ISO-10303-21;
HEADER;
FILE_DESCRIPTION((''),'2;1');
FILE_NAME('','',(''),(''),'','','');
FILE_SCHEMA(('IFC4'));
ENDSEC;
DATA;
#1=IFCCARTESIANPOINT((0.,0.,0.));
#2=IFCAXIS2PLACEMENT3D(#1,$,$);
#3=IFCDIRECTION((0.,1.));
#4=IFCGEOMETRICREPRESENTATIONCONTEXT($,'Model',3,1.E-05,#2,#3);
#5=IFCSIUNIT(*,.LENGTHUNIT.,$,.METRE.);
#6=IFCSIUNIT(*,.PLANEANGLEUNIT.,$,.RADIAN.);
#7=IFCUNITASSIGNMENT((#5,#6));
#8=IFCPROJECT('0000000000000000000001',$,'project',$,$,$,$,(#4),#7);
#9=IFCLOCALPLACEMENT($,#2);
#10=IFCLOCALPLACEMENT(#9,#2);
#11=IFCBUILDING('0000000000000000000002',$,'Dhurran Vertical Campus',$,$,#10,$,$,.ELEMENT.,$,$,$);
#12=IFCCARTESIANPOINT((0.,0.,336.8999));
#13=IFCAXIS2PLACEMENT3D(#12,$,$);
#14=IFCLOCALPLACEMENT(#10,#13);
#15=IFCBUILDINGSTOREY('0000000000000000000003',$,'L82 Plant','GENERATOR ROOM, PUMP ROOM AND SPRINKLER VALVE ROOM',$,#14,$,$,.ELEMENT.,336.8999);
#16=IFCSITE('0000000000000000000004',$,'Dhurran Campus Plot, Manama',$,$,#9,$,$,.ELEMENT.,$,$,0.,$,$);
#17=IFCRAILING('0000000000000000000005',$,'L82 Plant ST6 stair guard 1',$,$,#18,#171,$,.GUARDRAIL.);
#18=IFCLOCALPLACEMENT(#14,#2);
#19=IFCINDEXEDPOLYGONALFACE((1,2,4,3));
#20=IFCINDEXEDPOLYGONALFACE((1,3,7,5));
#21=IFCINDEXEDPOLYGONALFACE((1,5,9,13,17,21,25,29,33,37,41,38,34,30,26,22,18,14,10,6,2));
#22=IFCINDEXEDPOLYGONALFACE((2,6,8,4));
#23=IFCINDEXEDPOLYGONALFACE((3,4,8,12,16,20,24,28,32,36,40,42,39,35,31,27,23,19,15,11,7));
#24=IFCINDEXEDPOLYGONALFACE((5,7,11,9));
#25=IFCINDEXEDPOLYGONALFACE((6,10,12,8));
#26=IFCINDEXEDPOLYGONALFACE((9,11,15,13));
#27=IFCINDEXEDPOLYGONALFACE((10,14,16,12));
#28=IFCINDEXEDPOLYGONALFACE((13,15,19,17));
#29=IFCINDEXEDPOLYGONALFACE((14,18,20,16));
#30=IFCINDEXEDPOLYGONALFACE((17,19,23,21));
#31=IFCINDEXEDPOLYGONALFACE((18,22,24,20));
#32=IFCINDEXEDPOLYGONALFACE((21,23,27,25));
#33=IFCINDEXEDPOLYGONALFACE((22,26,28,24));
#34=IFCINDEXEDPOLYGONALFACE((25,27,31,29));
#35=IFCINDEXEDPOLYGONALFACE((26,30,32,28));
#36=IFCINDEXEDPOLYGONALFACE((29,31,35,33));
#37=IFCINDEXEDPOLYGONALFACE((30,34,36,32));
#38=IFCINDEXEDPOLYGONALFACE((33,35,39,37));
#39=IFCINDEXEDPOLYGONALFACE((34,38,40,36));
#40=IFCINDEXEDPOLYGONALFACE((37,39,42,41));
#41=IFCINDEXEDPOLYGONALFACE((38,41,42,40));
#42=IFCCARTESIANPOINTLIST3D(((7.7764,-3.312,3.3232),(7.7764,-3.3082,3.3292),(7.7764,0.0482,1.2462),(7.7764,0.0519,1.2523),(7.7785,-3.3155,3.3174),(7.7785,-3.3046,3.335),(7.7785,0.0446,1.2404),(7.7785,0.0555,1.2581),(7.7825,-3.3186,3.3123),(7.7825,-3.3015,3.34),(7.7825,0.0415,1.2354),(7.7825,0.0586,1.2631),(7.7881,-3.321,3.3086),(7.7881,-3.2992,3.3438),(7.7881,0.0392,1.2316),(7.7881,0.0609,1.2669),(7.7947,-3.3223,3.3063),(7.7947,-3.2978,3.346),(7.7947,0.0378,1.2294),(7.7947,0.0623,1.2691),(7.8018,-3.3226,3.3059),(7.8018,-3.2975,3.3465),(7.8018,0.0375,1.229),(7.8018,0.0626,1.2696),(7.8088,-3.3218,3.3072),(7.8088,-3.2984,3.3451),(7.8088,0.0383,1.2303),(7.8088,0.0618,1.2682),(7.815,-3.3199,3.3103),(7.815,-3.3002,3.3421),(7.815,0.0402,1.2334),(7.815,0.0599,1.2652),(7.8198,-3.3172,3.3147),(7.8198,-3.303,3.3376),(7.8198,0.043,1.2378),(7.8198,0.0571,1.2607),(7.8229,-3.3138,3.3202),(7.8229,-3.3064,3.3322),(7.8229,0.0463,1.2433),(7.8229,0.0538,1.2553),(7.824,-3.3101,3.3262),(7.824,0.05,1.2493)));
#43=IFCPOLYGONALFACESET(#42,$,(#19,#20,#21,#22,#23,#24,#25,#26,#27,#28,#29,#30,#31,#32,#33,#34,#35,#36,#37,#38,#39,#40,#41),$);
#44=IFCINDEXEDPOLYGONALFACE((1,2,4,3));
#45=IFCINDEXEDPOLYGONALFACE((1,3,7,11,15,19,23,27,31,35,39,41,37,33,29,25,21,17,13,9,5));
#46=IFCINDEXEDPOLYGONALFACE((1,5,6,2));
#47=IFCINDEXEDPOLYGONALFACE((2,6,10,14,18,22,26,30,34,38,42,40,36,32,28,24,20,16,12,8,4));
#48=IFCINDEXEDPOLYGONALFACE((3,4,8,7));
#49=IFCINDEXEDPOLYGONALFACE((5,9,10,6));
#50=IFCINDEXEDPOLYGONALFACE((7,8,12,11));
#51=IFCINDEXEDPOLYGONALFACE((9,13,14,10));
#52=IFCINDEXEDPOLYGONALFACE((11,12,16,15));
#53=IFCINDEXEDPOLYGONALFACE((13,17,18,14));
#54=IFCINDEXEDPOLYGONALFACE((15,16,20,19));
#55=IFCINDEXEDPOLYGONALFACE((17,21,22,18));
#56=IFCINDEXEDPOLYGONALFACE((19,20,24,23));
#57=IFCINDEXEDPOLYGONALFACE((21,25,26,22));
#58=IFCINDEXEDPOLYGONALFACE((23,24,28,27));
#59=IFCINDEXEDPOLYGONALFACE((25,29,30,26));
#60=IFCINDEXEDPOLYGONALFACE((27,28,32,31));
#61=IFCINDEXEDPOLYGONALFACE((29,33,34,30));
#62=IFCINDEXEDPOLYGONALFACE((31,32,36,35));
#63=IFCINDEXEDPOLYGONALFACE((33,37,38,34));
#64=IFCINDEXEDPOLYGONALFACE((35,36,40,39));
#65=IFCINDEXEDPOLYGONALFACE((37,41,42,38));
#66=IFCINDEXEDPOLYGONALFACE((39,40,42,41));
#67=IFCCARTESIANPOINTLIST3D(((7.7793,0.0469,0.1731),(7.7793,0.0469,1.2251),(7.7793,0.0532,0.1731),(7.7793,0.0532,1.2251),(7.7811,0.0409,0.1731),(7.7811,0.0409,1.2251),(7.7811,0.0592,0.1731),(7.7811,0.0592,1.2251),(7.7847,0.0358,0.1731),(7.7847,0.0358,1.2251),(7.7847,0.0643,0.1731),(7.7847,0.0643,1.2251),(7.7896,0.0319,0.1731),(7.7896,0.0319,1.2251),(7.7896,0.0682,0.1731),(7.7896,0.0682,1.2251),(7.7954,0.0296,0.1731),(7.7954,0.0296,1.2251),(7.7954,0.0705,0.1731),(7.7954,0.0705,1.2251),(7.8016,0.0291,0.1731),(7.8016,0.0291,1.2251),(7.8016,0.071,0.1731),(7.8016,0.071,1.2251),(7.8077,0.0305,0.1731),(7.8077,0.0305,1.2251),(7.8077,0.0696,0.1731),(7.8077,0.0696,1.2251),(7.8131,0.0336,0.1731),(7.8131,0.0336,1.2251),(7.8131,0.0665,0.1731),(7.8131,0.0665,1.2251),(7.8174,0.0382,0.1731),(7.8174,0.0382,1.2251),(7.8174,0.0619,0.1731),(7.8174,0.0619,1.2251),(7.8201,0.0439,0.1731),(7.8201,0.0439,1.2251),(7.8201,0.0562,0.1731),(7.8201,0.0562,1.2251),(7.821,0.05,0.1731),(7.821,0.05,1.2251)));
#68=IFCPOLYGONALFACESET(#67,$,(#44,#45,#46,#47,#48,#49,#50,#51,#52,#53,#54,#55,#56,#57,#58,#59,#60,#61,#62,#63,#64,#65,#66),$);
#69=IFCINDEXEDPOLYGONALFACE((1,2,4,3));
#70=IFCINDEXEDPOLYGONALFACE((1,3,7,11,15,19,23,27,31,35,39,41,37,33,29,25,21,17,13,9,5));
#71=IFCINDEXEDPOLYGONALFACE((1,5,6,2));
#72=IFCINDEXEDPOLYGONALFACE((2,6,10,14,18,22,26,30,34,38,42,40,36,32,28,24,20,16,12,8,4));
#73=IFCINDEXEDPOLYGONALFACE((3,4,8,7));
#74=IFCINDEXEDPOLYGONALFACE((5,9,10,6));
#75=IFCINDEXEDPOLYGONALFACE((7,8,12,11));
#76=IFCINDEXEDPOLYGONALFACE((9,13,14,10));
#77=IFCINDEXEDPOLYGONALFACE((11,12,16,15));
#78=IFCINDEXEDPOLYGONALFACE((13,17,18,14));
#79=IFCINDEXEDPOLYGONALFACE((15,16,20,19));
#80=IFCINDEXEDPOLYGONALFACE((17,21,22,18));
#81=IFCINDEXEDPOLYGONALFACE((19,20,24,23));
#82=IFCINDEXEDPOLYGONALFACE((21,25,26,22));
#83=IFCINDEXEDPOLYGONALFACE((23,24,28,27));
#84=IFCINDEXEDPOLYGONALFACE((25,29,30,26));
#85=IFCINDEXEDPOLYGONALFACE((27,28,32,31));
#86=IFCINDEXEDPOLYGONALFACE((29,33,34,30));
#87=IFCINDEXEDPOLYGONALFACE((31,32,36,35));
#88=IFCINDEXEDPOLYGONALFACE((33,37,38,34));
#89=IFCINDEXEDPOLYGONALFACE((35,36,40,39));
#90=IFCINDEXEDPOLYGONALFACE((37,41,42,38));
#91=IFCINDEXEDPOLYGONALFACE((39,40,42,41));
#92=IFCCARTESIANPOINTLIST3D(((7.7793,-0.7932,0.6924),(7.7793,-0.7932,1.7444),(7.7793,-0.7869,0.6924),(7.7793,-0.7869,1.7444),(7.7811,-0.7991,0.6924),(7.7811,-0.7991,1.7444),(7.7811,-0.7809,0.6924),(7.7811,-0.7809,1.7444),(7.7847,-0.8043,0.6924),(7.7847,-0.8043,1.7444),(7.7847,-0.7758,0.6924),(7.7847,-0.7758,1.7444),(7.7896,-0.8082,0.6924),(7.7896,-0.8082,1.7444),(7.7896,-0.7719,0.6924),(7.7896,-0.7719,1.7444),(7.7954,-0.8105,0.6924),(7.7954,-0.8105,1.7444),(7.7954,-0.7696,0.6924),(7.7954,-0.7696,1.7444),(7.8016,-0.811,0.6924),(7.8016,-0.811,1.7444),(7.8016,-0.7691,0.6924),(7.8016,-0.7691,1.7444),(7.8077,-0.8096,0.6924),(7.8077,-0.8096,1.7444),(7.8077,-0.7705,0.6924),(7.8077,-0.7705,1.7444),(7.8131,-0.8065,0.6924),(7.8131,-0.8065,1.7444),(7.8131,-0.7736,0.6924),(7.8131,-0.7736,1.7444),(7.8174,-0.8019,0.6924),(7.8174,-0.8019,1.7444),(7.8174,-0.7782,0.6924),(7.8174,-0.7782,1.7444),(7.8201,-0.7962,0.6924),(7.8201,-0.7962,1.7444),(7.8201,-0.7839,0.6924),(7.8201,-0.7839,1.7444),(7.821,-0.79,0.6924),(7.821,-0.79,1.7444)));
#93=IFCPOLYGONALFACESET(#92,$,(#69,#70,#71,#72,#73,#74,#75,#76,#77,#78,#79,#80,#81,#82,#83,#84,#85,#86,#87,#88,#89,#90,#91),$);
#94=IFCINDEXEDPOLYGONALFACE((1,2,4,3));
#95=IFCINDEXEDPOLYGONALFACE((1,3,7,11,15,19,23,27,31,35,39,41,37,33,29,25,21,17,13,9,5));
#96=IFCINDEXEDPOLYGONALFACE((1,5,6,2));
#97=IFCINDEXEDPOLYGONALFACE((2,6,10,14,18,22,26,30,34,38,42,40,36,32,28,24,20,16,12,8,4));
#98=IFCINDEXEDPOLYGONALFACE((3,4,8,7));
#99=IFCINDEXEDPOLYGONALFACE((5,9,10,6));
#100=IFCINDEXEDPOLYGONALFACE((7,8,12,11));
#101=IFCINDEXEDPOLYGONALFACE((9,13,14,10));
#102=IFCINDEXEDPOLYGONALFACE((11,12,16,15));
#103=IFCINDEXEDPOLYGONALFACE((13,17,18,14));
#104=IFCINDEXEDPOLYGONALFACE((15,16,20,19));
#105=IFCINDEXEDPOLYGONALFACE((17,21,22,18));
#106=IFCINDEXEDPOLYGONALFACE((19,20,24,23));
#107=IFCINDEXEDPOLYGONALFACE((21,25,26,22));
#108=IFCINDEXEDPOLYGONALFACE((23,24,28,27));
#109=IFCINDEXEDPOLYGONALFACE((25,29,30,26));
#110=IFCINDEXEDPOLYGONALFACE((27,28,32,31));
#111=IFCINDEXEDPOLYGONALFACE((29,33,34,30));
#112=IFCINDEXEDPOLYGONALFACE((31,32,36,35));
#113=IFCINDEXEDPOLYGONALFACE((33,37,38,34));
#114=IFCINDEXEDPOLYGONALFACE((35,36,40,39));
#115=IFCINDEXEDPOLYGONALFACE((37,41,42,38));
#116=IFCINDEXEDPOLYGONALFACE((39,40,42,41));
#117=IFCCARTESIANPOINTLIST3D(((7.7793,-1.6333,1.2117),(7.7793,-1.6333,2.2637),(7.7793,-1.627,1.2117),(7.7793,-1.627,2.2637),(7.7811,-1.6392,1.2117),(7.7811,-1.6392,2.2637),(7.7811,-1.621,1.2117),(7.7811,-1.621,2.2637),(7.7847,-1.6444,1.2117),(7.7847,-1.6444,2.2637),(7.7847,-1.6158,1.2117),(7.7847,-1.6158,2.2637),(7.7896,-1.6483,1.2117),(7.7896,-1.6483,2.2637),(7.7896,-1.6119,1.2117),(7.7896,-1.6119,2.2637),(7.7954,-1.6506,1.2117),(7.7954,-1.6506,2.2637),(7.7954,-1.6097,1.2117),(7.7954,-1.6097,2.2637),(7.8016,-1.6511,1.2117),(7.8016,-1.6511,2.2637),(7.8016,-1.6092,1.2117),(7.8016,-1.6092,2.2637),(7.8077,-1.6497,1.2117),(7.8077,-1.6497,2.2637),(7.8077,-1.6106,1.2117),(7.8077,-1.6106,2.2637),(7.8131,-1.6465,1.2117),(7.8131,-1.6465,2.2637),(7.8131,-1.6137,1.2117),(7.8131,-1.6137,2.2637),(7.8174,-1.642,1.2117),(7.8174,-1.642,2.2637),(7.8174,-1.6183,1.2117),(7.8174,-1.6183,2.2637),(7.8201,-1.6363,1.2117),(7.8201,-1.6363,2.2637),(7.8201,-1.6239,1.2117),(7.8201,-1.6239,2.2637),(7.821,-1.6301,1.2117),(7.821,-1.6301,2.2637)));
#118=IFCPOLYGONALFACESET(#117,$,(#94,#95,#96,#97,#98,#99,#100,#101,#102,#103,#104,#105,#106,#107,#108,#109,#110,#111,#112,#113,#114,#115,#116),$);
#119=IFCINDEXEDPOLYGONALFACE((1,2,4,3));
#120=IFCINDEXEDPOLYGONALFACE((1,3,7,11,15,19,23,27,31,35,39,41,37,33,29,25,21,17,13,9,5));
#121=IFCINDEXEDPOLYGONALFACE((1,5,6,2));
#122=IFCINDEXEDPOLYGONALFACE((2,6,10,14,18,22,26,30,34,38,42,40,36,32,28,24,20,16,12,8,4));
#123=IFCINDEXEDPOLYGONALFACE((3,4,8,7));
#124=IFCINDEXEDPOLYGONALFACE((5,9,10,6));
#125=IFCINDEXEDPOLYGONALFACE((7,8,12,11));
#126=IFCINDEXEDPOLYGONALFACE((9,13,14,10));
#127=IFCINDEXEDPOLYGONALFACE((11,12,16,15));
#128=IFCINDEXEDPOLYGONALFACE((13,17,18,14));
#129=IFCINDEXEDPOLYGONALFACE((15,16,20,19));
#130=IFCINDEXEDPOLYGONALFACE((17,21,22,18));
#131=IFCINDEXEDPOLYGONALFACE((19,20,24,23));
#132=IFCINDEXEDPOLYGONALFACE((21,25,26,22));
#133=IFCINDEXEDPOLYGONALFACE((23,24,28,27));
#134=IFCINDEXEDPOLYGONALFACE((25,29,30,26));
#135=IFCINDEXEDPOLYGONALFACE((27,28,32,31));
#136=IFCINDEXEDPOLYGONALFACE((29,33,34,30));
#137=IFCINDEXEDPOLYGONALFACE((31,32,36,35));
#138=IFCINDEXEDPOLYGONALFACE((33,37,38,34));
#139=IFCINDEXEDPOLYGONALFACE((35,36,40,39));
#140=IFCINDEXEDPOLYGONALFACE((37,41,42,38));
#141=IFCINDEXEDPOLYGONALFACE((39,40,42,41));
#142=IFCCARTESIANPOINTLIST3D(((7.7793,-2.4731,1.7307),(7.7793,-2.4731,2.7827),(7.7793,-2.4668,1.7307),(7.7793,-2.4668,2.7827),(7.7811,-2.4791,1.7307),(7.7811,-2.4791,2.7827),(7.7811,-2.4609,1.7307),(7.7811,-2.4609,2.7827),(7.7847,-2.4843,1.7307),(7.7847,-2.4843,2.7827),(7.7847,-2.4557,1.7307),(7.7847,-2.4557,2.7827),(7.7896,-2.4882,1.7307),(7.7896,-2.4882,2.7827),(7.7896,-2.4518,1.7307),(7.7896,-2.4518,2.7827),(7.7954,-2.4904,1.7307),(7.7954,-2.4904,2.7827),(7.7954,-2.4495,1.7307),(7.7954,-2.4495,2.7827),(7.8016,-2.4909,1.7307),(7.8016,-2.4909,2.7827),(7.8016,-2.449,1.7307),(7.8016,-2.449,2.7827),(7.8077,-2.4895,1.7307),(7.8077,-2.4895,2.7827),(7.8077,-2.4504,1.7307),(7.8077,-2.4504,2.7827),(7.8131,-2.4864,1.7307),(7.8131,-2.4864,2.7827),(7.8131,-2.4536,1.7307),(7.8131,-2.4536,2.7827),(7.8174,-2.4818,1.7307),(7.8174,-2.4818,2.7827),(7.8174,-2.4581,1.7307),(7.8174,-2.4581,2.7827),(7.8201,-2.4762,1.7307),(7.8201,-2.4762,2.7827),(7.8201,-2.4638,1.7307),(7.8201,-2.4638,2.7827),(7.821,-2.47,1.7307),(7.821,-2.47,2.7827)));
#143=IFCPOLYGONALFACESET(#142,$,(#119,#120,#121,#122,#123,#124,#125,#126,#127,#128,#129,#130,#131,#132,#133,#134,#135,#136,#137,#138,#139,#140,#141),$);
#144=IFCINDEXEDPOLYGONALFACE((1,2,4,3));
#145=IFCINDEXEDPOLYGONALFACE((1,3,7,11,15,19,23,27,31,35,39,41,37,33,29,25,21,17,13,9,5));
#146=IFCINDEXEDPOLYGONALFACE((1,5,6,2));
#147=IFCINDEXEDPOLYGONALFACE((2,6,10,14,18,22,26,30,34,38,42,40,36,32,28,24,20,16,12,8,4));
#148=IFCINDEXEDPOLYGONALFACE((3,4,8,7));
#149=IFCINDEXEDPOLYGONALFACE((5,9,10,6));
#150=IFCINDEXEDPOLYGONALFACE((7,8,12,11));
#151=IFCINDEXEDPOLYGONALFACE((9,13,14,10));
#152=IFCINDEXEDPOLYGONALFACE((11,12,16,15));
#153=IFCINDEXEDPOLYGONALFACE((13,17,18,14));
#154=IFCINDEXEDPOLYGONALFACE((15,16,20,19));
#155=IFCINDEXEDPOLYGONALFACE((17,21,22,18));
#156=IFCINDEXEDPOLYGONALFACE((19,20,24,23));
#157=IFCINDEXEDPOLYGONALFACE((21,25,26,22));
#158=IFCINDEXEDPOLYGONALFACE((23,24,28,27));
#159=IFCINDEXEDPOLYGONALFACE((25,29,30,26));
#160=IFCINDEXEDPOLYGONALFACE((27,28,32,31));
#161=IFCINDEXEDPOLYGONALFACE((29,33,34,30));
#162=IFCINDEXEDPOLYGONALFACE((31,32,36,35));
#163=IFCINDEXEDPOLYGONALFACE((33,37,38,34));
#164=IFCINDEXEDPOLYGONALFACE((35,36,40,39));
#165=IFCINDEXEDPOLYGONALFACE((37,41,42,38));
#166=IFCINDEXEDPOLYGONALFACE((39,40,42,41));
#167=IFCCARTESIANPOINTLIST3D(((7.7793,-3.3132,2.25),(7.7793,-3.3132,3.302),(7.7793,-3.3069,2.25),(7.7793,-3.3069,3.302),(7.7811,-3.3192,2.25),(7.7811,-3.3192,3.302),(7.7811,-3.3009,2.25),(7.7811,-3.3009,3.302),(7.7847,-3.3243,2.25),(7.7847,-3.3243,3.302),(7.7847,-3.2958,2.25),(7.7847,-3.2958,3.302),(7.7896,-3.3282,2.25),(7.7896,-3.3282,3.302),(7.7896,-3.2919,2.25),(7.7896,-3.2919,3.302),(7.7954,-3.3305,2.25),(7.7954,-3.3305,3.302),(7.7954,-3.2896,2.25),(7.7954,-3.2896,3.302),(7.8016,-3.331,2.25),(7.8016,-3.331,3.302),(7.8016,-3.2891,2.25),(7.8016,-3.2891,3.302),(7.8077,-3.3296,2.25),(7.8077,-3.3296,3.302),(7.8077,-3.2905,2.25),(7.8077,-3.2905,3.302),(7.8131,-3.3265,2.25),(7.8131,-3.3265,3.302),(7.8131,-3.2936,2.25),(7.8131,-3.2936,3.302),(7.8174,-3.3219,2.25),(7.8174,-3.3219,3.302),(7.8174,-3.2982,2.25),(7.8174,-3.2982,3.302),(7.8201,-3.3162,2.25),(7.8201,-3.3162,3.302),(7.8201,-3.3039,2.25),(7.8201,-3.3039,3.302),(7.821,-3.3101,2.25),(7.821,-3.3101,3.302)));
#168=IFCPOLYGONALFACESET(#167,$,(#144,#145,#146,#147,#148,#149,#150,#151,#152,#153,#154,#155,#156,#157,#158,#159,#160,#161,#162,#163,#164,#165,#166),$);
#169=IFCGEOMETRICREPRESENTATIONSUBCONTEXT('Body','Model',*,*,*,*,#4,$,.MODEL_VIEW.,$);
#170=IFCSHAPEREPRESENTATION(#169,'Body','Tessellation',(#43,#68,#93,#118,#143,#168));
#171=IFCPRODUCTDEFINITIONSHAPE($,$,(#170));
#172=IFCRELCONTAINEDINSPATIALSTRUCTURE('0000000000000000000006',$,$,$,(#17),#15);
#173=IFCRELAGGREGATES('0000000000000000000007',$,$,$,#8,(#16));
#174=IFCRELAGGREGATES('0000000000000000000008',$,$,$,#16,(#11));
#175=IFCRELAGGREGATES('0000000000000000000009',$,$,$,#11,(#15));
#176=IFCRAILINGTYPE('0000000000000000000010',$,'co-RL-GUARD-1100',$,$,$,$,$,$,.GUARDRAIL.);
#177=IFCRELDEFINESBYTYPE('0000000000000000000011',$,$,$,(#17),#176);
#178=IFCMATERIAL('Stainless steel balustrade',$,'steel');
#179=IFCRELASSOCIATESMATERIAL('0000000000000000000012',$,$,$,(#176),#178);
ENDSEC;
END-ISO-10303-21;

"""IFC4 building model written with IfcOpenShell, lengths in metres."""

from ifc_helpers import new_model, si_unit, direction, frame, origin, origin_2d, place, context, subcontext, project, spatial, circle, extrude, material, type_object, element, save


model = new_model("IFC4")

# Units and contexts
model_context = context("Model", 3, precision=1e-05, world=origin(), true_north=direction((0.0, 1.0)))
body_context = subcontext(model_context, "Body", "Model", "MODEL_VIEW")
ifc_project = project(units=[si_unit("LENGTHUNIT", "METRE"), si_unit("PLANEANGLEUNIT", "RADIAN")], contexts=[model_context])

# Site, building, storey
site_placement = place(None, origin())
site = spatial("IfcSite", under=ifc_project, at=site_placement, Name="Dhurran Campus Plot, Manama", CompositionType="ELEMENT", RefElevation=0.0)
building_placement = place(site_placement, origin())
building = spatial("IfcBuilding", under=site, at=building_placement, Name="Dhurran Vertical Campus", CompositionType="ELEMENT")
storey_placement = place(building_placement, frame((0.0, 0.0, 336.8999)))
storey = spatial("IfcBuildingStorey", under=building, at=storey_placement, Name="L82 Plant", Description="GENERATOR ROOM, PUMP ROOM AND SPRINKLER VALVE ROOM", CompositionType="ELEMENT", Elevation=336.8999)

# Railing
ifc_material_1 = material(Name="Stainless steel balustrade", Category="steel")
railing_type_1 = type_object("IfcRailingType", Name="co-RL-GUARD-1100", PredefinedType="GUARDRAIL", material=ifc_material_1)
railing_1_placement = place(storey_placement, frame((7.8, 0.05, 0.1731)))
element("IfcRailing", 1, at=railing_1_placement, inside=storey, type_object=railing_type_1, Name="L82 Plant ST6 stair guard 1", PredefinedType="GUARDRAIL", context=body_context, shape_type="SweptSolid", body=[
    extrude(circle(Radius=0.0239, at=origin_2d()), frame((0.0, 0.0, 1.0762), z_axis=(0.0, -0.850623, 0.525776), x_axis=(1.0, 0.0, 0.0)), (0.0, 0.0, 1.0), 3.9502),
    extrude(circle(Radius=0.021, at=origin_2d()), origin(), (0.0, 0.0, 1.0), 1.052),
    extrude(circle(Radius=0.021, at=origin_2d()), frame((0.0, -0.8401, 0.5193)), (0.0, 0.0, 1.0), 1.052),
    extrude(circle(Radius=0.021, at=origin_2d()), frame((0.0, -1.6802, 1.0386)), (0.0, 0.0, 1.0), 1.052),
    extrude(circle(Radius=0.021, at=origin_2d()), frame((0.0, -2.52, 1.5576)), (0.0, 0.0, 1.0), 1.052),
    extrude(circle(Radius=0.021, at=origin_2d()), frame((0.0, -3.3601, 2.0769)), (0.0, 0.0, 1.0), 1.052),
])

save(model, "model.ifc")
